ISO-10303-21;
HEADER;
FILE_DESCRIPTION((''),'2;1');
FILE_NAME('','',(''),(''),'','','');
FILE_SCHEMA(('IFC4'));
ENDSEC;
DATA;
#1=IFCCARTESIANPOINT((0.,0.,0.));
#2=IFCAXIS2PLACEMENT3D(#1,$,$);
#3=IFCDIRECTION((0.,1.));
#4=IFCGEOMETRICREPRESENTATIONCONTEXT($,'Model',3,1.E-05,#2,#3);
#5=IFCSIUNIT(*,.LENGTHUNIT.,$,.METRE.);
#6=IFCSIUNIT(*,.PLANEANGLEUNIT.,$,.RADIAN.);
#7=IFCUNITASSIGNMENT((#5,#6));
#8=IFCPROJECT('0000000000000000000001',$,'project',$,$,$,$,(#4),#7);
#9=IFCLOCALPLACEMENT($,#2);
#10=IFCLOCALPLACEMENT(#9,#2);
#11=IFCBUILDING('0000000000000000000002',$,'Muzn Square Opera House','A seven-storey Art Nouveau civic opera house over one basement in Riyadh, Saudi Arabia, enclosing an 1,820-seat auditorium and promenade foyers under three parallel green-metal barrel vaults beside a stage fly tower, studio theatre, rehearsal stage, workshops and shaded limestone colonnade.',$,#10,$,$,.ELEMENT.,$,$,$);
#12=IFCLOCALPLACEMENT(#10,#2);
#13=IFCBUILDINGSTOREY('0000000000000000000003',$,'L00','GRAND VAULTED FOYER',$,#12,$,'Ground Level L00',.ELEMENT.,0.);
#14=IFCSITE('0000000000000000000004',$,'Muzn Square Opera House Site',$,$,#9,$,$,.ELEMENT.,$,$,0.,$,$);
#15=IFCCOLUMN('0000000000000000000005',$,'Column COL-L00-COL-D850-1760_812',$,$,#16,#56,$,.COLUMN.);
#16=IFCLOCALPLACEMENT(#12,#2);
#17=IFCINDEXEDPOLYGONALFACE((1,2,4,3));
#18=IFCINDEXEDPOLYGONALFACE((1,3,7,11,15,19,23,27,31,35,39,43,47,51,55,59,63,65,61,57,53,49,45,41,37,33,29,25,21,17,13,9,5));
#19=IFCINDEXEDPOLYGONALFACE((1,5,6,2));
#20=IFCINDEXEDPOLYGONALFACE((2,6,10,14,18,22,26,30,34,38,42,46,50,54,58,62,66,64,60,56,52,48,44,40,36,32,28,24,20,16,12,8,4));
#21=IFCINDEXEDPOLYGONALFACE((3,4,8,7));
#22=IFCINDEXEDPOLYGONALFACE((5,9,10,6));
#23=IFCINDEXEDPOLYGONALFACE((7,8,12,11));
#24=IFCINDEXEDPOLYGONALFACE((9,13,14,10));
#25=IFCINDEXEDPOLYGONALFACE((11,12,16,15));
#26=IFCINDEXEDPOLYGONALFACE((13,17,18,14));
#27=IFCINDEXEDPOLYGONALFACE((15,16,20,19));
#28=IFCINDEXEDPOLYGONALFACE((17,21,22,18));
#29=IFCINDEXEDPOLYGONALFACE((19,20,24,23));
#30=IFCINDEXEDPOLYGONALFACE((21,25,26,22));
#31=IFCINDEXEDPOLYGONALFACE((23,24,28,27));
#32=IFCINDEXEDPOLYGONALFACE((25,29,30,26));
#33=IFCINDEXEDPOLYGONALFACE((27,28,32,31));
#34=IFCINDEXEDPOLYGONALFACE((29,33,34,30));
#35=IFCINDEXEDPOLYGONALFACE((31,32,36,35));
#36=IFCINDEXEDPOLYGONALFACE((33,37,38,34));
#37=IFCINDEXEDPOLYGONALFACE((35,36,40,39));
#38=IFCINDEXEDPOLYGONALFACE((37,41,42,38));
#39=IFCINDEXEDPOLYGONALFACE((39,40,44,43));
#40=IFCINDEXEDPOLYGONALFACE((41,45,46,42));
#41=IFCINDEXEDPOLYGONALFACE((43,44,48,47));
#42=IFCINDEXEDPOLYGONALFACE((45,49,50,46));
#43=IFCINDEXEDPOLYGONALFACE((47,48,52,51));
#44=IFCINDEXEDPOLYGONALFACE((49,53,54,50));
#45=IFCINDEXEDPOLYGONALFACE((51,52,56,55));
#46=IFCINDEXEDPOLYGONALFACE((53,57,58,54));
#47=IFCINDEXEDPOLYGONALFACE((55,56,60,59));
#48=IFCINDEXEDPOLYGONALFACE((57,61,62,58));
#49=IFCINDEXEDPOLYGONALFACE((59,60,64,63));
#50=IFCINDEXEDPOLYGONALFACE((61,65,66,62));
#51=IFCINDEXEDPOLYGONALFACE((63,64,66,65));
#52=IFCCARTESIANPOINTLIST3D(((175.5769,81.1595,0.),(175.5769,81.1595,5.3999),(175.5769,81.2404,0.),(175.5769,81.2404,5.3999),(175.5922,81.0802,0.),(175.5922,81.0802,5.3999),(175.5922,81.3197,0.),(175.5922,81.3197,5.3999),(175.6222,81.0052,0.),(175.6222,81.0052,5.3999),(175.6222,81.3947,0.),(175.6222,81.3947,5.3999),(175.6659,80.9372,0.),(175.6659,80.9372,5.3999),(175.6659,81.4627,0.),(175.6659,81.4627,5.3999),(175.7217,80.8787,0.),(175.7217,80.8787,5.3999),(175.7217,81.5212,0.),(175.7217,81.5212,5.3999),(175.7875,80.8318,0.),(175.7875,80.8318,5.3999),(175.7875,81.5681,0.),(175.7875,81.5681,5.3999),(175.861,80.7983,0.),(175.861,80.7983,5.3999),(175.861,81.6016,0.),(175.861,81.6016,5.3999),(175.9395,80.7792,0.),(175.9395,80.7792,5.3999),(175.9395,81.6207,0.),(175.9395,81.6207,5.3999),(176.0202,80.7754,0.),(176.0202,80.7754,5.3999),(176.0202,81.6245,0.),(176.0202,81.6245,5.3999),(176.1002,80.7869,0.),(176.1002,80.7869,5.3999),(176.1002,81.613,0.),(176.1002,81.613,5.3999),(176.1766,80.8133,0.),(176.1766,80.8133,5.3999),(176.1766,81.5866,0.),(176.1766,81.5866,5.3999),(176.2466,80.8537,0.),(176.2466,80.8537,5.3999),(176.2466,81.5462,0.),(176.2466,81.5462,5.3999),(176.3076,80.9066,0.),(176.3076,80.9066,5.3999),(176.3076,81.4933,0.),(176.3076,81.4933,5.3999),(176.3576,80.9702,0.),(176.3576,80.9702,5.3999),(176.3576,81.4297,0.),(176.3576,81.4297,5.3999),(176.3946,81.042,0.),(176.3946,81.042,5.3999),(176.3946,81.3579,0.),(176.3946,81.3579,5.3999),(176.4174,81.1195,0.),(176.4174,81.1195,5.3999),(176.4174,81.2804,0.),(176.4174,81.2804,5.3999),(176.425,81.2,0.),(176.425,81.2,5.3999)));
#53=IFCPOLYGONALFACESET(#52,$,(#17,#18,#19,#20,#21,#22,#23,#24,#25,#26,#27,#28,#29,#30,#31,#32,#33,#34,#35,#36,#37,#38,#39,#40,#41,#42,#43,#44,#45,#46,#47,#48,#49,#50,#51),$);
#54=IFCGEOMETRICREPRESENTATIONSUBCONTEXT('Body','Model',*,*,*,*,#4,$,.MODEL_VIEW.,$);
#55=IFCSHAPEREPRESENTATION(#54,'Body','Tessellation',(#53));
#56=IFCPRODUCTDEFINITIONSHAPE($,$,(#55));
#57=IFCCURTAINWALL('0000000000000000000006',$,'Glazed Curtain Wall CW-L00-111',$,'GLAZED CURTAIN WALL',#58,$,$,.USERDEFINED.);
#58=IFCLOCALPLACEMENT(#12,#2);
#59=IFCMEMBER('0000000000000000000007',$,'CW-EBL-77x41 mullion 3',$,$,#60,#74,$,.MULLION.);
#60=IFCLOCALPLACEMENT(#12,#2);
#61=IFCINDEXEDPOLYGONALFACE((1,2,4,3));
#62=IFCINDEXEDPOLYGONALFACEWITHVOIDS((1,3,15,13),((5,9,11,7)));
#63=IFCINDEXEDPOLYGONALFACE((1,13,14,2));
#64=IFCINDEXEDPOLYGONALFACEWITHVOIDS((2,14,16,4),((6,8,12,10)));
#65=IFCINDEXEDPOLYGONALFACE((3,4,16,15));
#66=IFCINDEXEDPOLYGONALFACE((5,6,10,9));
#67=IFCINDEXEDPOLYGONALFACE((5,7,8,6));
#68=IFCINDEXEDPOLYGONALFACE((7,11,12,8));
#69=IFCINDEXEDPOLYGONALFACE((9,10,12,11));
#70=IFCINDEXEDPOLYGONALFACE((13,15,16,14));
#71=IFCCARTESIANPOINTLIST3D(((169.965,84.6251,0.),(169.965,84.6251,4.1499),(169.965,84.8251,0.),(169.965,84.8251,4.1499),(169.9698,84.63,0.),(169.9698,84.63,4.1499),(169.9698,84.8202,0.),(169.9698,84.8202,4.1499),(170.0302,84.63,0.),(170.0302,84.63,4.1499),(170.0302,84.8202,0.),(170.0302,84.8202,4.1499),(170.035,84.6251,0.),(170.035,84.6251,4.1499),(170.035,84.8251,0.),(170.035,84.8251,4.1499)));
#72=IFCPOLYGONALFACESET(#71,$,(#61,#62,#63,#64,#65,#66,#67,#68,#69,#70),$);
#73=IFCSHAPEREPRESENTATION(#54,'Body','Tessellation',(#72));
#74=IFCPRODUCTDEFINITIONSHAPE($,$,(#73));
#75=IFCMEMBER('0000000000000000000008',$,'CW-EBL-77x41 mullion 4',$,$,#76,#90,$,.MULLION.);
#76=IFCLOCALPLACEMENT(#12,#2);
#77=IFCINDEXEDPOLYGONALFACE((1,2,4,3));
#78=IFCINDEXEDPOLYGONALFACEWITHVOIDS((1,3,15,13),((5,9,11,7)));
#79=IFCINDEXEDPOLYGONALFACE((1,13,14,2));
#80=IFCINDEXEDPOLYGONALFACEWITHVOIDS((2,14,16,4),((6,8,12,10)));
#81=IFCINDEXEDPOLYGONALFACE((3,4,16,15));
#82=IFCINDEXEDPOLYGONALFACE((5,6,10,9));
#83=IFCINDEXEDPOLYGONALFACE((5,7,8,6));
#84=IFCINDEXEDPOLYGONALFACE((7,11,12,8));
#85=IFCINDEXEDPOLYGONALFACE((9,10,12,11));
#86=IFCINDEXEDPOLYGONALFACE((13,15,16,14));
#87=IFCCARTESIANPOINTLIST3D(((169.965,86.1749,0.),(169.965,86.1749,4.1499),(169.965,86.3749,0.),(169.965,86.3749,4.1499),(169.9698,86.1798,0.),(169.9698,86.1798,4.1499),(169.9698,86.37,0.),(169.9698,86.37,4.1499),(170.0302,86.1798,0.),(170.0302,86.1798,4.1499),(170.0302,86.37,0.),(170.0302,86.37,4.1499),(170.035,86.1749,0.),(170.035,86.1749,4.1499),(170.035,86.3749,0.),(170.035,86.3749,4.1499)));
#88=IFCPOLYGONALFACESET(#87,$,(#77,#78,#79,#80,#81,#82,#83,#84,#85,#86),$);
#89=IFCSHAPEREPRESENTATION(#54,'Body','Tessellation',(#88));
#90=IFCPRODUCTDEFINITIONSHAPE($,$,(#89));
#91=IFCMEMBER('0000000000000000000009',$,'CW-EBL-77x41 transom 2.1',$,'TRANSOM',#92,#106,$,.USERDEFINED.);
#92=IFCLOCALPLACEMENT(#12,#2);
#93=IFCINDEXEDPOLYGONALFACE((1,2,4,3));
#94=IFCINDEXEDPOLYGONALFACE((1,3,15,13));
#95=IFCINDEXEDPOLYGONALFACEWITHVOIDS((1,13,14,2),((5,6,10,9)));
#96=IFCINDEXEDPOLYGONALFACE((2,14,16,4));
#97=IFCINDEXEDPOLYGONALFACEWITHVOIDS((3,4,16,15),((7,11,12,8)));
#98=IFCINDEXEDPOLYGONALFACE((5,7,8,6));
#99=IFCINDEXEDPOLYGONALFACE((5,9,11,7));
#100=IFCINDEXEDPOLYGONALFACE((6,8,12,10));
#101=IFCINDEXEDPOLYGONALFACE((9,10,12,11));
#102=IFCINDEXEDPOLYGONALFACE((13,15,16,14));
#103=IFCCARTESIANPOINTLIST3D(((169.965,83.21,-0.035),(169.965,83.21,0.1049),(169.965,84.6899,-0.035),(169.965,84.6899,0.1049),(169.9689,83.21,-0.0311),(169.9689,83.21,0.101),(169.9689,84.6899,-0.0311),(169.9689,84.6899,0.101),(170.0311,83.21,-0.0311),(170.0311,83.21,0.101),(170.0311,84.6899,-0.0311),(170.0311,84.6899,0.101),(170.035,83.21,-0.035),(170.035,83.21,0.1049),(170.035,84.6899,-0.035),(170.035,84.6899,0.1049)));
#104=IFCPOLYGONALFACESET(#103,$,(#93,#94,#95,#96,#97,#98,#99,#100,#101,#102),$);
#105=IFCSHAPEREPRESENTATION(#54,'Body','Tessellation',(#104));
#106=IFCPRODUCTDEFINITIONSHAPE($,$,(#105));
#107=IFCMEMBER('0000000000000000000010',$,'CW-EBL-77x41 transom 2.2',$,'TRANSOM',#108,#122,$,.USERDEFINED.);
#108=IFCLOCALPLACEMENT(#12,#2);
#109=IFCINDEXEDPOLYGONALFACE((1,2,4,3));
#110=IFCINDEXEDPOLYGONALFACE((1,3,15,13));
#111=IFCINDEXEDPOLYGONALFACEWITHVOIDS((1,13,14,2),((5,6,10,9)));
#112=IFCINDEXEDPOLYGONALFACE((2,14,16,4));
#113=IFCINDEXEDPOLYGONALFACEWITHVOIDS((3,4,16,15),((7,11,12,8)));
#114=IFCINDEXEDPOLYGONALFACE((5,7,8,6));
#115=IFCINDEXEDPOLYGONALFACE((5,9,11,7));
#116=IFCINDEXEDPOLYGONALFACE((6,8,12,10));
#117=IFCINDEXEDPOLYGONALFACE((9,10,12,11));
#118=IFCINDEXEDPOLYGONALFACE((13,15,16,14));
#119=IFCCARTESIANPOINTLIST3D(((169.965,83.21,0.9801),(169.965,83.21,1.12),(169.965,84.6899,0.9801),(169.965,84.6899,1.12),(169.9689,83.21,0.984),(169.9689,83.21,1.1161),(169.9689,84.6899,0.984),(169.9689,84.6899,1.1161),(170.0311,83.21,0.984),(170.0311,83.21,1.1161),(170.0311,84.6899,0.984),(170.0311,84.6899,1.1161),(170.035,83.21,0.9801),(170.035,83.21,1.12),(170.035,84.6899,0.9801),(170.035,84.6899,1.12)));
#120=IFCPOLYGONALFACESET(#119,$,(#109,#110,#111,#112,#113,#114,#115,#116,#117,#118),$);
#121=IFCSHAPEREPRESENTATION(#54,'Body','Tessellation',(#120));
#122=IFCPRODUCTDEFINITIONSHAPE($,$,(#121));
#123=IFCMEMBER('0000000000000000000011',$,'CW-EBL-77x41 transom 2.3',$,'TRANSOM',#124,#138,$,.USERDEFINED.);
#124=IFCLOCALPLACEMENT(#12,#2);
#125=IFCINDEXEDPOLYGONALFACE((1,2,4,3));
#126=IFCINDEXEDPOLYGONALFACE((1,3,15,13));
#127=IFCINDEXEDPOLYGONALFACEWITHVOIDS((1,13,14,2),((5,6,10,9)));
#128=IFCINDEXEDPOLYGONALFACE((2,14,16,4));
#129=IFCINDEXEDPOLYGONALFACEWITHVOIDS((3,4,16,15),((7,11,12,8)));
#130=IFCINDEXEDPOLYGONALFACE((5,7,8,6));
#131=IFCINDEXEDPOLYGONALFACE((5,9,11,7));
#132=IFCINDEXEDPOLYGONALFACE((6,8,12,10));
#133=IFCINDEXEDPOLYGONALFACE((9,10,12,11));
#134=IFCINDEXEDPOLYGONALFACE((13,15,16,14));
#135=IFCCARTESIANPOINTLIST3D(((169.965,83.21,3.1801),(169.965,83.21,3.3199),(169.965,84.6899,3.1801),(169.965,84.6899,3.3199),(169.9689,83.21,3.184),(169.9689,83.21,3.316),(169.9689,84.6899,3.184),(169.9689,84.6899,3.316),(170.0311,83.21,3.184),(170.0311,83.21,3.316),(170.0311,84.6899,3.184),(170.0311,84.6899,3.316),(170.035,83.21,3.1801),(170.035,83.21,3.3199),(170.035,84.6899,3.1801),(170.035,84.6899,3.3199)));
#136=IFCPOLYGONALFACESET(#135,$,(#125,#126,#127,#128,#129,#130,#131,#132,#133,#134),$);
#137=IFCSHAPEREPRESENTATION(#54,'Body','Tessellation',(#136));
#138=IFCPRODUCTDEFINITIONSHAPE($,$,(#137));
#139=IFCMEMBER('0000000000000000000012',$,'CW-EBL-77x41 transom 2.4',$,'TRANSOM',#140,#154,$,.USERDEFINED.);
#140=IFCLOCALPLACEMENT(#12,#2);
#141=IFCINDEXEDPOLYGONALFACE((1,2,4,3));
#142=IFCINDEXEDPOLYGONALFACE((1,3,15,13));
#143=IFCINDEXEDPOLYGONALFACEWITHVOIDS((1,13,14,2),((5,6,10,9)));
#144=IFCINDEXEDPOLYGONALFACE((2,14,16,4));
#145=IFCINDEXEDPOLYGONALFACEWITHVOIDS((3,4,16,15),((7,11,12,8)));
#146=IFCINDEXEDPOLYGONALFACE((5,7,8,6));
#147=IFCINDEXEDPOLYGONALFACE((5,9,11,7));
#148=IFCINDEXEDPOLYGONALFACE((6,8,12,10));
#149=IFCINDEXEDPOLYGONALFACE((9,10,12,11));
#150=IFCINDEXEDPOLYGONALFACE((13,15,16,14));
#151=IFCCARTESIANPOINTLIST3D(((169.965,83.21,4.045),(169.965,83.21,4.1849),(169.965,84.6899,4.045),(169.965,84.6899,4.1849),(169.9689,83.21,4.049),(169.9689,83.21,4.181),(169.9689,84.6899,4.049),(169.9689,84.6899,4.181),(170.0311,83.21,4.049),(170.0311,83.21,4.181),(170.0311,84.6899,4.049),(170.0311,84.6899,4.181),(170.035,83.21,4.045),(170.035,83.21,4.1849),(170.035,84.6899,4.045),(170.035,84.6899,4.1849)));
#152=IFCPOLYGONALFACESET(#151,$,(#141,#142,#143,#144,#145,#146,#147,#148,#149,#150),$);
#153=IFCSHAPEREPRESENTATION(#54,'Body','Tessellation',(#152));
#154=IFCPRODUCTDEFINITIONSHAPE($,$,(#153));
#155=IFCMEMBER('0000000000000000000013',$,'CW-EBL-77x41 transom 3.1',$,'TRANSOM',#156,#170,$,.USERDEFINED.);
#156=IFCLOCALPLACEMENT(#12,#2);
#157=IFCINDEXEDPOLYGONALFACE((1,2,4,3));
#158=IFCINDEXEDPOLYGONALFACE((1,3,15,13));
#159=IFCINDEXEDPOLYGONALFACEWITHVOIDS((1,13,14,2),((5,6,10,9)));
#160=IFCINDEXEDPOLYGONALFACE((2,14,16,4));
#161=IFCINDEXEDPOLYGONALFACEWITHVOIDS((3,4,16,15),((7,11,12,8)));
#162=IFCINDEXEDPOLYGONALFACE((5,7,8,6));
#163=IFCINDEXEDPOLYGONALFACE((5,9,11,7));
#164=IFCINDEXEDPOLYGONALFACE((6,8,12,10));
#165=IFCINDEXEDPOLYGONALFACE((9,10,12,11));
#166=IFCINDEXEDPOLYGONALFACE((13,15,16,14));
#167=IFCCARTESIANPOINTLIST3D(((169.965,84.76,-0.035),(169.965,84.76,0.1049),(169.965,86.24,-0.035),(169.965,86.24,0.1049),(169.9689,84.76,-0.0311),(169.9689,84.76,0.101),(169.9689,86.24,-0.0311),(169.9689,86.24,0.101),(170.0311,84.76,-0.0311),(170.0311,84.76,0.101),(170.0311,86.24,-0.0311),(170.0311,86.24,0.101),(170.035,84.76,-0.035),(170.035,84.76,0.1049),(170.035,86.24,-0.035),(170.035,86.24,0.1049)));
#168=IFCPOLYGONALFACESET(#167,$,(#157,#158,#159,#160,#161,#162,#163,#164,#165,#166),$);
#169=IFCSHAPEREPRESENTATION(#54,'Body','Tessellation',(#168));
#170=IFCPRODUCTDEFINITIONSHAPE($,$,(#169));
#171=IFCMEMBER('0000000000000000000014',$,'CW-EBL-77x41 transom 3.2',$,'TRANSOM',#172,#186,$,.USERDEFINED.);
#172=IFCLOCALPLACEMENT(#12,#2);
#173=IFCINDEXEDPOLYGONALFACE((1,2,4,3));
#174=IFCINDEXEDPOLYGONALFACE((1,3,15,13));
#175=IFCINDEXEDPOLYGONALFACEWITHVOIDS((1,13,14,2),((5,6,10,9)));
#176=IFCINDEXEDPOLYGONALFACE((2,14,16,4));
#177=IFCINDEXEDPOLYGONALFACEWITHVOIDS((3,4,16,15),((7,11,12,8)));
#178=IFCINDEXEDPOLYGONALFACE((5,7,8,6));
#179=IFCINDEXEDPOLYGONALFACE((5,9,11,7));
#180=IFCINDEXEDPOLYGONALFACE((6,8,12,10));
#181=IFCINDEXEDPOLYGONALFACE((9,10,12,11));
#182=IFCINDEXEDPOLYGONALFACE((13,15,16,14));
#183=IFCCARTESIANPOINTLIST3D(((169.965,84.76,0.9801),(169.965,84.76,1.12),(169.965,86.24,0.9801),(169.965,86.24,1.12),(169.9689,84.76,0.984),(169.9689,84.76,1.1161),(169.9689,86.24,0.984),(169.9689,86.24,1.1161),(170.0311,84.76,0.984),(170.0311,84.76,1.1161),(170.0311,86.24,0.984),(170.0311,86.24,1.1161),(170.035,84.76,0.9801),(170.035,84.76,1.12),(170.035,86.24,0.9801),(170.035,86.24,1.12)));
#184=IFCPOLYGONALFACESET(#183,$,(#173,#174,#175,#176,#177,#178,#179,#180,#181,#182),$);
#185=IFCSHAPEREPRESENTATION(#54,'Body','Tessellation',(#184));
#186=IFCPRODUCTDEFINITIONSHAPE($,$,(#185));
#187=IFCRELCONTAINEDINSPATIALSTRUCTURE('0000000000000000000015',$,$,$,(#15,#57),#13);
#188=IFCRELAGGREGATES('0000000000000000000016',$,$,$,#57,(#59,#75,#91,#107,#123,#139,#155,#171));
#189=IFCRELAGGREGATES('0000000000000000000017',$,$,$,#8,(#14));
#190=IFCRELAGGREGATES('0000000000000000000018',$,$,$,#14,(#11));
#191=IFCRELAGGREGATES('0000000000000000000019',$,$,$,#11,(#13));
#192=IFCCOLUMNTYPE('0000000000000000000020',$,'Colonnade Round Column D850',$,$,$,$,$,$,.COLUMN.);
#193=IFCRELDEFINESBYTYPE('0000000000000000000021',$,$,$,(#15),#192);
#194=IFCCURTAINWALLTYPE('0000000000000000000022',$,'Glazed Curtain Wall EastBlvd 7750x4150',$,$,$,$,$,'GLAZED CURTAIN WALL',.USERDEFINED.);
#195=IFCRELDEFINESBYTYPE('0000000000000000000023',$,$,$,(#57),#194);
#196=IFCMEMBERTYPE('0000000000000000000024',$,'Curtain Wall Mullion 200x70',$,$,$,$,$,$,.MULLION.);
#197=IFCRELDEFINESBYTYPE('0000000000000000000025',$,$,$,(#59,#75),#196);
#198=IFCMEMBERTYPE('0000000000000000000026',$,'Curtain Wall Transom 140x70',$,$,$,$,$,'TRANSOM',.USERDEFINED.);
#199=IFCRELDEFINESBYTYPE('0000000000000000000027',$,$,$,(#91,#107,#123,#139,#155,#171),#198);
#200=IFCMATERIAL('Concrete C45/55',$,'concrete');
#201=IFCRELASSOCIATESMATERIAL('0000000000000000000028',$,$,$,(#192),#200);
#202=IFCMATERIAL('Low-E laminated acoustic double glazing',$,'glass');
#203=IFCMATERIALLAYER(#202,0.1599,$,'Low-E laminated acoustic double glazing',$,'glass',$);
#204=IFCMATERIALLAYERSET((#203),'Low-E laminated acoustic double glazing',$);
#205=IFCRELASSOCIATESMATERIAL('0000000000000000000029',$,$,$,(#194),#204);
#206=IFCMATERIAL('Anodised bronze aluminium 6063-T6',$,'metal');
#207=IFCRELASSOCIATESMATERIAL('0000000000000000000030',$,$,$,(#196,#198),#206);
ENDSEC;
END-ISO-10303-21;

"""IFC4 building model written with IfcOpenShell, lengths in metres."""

from ifc_helpers import new_model, si_unit, direction, frame, origin, origin_2d, place, context, subcontext, project, spatial, hollow_rectangle, circle, extrude, material, layer, layer_set, material_profile, profile_set, type_object, element, aggregate, save


model = new_model("IFC4")

# Units and contexts
model_context = context("Model", 3, precision=1e-05, world=origin(), true_north=direction((0.0, 1.0)))
body_context = subcontext(model_context, "Body", "Model", "MODEL_VIEW")
ifc_project = project(units=[si_unit("LENGTHUNIT", "METRE"), si_unit("PLANEANGLEUNIT", "RADIAN")], contexts=[model_context])

# Site, building, storey
site_placement = place(None, origin())
site = spatial("IfcSite", under=ifc_project, at=site_placement, Name="Muzn Square Opera House Site", CompositionType="ELEMENT", RefElevation=0.0)
building_placement = place(site_placement, origin())
building = spatial("IfcBuilding", under=site, at=building_placement, Name="Muzn Square Opera House", Description="A seven-storey Art Nouveau civic opera house over one basement in Riyadh, Saudi Arabia, enclosing an 1,820-seat auditorium and promenade foyers under three parallel green-metal barrel vaults beside a stage fly tower, studio theatre, rehearsal stage, workshops and shaded limestone colonnade.", CompositionType="ELEMENT")
storey_placement = place(building_placement, origin())
storey = spatial("IfcBuildingStorey", under=building, at=storey_placement, Name="L00", Description="GRAND VAULTED FOYER", LongName="Ground Level L00", CompositionType="ELEMENT", Elevation=0.0)

# Column
ifc_material_1 = material(Name="Concrete C45/55", Category="concrete")
ifc_material_profile_1 = material_profile(ifc_material_1, circle(Radius=0.425, at=origin_2d()), Name="RCC D850", Category="concrete")
ifc_profile_set_1 = profile_set([ifc_material_profile_1], Name="Concrete C45/55")
column_type = type_object("IfcColumnType", Name="Colonnade Round Column D850", PredefinedType="COLUMN", material=ifc_profile_set_1)
column_placement = place(storey_placement, frame((176.0, 81.2, 0.0), z_axis=(0.0, 0.0, 1.0), x_axis=(1.0, 0.0, 0.0)))
element("IfcColumn", 1, at=column_placement, inside=storey, type_object=column_type, Name="Column COL-L00-COL-D850-1760_812", PredefinedType="COLUMN", context=body_context, shape_type="SweptSolid", body=[
    extrude(circle(Radius=0.425, at=origin_2d()), origin(), (0.0, 0.0, 1.0), 5.3999),
])

# Curtain wall, members
ifc_material_2 = material(Name="Low-E laminated acoustic double glazing", Category="glass")
ifc_layer_1 = layer(ifc_material_2, 0.1599, Name="Low-E laminated acoustic double glazing", Category="glass")
ifc_layer_set_1 = layer_set([ifc_layer_1], Name="Low-E laminated acoustic double glazing")
curtain_wall_type = type_object("IfcCurtainWallType", Name="Glazed Curtain Wall EastBlvd 7750x4150", ElementType="GLAZED CURTAIN WALL", PredefinedType="USERDEFINED", material=ifc_layer_set_1)
curtain_wall_placement = place(storey_placement, origin())
curtain_wall = element("IfcCurtainWall", 2, at=curtain_wall_placement, inside=storey, type_object=curtain_wall_type, Name="Glazed Curtain Wall CW-L00-111", ObjectType="GLAZED CURTAIN WALL", PredefinedType="USERDEFINED")
ifc_material_3 = material(Name="Anodised bronze aluminium 6063-T6", Category="metal")
ifc_material_profile_2 = material_profile(ifc_material_3, hollow_rectangle(XDim=0.0701, YDim=0.2, WallThickness=0.0049, at=origin_2d()), Name="ALU 200x70x5", Category="metal")
ifc_profile_set_2 = profile_set([ifc_material_profile_2], Name="Anodised bronze aluminium 6063-T6")
member_type_1 = type_object("IfcMemberType", Name="Curtain Wall Mullion 200x70", PredefinedType="MULLION", material=ifc_profile_set_2)
member_1_placement = place(storey_placement, frame((170.0, 84.7251, 0.0), z_axis=(0.0, 0.0, 1.0), x_axis=(-1.0, 0.0, 0.0)))
member_1 = element("IfcMember", 3, at=member_1_placement, type_object=member_type_1, Name="CW-EBL-77x41 mullion 3", PredefinedType="MULLION", context=body_context, shape_type="SweptSolid", body=[
    extrude(hollow_rectangle(XDim=0.0701, YDim=0.2, WallThickness=0.0049, at=origin_2d()), origin(), (0.0, 0.0, 1.0), 4.1499),
])
member_2_placement = place(storey_placement, frame((170.0, 86.2749, 0.0), z_axis=(0.0, 0.0, 1.0), x_axis=(-1.0, 0.0, 0.0)))
member_2 = element("IfcMember", 4, at=member_2_placement, type_object=member_type_1, Name="CW-EBL-77x41 mullion 4", PredefinedType="MULLION", context=body_context, shape_type="SweptSolid", body=[
    extrude(hollow_rectangle(XDim=0.0701, YDim=0.2, WallThickness=0.0049, at=origin_2d()), origin(), (0.0, 0.0, 1.0), 4.1499),
])
ifc_material_profile_3 = material_profile(ifc_material_3, hollow_rectangle(XDim=0.0701, YDim=0.1399, WallThickness=0.0039, at=origin_2d()), Name="ALU 140x70x4", Category="metal")
ifc_profile_set_3 = profile_set([ifc_material_profile_3], Name="Anodised bronze aluminium 6063-T6")
member_type_2 = type_object("IfcMemberType", Name="Curtain Wall Transom 140x70", ElementType="TRANSOM", PredefinedType="USERDEFINED", material=ifc_profile_set_3)
member_3_placement = place(storey_placement, frame((170.0, 83.21, 0.0349), z_axis=(0.0, 1.0, 0.0), x_axis=(-1.0, 0.0, 0.0)))
member_3 = element("IfcMember", 5, at=member_3_placement, type_object=member_type_2, Name="CW-EBL-77x41 transom 2.1", ObjectType="TRANSOM", PredefinedType="USERDEFINED", context=body_context, shape_type="SweptSolid", body=[
    extrude(hollow_rectangle(XDim=0.0701, YDim=0.1399, WallThickness=0.0039, at=origin_2d()), origin(), (0.0, 0.0, 1.0), 1.48),
])
member_4_placement = place(storey_placement, frame((170.0, 83.21, 1.05), z_axis=(0.0, 1.0, 0.0), x_axis=(-1.0, 0.0, 0.0)))
member_4 = element("IfcMember", 6, at=member_4_placement, type_object=member_type_2, Name="CW-EBL-77x41 transom 2.2", ObjectType="TRANSOM", PredefinedType="USERDEFINED", context=body_context, shape_type="SweptSolid", body=[
    extrude(hollow_rectangle(XDim=0.0701, YDim=0.1399, WallThickness=0.0039, at=origin_2d()), origin(), (0.0, 0.0, 1.0), 1.48),
])
member_5_placement = place(storey_placement, frame((170.0, 83.21, 3.25), z_axis=(0.0, 1.0, 0.0), x_axis=(-1.0, 0.0, 0.0)))
member_5 = element("IfcMember", 7, at=member_5_placement, type_object=member_type_2, Name="CW-EBL-77x41 transom 2.3", ObjectType="TRANSOM", PredefinedType="USERDEFINED", context=body_context, shape_type="SweptSolid", body=[
    extrude(hollow_rectangle(XDim=0.0701, YDim=0.1399, WallThickness=0.0039, at=origin_2d()), origin(), (0.0, 0.0, 1.0), 1.48),
])
member_6_placement = place(storey_placement, frame((170.0, 83.21, 4.115), z_axis=(0.0, 1.0, 0.0), x_axis=(-1.0, 0.0, 0.0)))
member_6 = element("IfcMember", 8, at=member_6_placement, type_object=member_type_2, Name="CW-EBL-77x41 transom 2.4", ObjectType="TRANSOM", PredefinedType="USERDEFINED", context=body_context, shape_type="SweptSolid", body=[
    extrude(hollow_rectangle(XDim=0.0701, YDim=0.1399, WallThickness=0.0039, at=origin_2d()), origin(), (0.0, 0.0, 1.0), 1.48),
])
member_7_placement = place(storey_placement, frame((170.0, 84.76, 0.0349), z_axis=(0.0, 1.0, 0.0), x_axis=(-1.0, 0.0, 0.0)))
member_7 = element("IfcMember", 9, at=member_7_placement, type_object=member_type_2, Name="CW-EBL-77x41 transom 3.1", ObjectType="TRANSOM", PredefinedType="USERDEFINED", context=body_context, shape_type="SweptSolid", body=[
    extrude(hollow_rectangle(XDim=0.0701, YDim=0.1399, WallThickness=0.0039, at=origin_2d()), origin(), (0.0, 0.0, 1.0), 1.48),
])
member_8_placement = place(storey_placement, frame((170.0, 84.76, 1.05), z_axis=(0.0, 1.0, 0.0), x_axis=(-1.0, 0.0, 0.0)))
member_8 = element("IfcMember", 10, at=member_8_placement, type_object=member_type_2, Name="CW-EBL-77x41 transom 3.2", ObjectType="TRANSOM", PredefinedType="USERDEFINED", context=body_context, shape_type="SweptSolid", body=[
    extrude(hollow_rectangle(XDim=0.0701, YDim=0.1399, WallThickness=0.0039, at=origin_2d()), origin(), (0.0, 0.0, 1.0), 1.48),
])
aggregate(curtain_wall, [member_1, member_2, member_3, member_4, member_5, member_6, member_7, member_8])

save(model, "model.ifc")
